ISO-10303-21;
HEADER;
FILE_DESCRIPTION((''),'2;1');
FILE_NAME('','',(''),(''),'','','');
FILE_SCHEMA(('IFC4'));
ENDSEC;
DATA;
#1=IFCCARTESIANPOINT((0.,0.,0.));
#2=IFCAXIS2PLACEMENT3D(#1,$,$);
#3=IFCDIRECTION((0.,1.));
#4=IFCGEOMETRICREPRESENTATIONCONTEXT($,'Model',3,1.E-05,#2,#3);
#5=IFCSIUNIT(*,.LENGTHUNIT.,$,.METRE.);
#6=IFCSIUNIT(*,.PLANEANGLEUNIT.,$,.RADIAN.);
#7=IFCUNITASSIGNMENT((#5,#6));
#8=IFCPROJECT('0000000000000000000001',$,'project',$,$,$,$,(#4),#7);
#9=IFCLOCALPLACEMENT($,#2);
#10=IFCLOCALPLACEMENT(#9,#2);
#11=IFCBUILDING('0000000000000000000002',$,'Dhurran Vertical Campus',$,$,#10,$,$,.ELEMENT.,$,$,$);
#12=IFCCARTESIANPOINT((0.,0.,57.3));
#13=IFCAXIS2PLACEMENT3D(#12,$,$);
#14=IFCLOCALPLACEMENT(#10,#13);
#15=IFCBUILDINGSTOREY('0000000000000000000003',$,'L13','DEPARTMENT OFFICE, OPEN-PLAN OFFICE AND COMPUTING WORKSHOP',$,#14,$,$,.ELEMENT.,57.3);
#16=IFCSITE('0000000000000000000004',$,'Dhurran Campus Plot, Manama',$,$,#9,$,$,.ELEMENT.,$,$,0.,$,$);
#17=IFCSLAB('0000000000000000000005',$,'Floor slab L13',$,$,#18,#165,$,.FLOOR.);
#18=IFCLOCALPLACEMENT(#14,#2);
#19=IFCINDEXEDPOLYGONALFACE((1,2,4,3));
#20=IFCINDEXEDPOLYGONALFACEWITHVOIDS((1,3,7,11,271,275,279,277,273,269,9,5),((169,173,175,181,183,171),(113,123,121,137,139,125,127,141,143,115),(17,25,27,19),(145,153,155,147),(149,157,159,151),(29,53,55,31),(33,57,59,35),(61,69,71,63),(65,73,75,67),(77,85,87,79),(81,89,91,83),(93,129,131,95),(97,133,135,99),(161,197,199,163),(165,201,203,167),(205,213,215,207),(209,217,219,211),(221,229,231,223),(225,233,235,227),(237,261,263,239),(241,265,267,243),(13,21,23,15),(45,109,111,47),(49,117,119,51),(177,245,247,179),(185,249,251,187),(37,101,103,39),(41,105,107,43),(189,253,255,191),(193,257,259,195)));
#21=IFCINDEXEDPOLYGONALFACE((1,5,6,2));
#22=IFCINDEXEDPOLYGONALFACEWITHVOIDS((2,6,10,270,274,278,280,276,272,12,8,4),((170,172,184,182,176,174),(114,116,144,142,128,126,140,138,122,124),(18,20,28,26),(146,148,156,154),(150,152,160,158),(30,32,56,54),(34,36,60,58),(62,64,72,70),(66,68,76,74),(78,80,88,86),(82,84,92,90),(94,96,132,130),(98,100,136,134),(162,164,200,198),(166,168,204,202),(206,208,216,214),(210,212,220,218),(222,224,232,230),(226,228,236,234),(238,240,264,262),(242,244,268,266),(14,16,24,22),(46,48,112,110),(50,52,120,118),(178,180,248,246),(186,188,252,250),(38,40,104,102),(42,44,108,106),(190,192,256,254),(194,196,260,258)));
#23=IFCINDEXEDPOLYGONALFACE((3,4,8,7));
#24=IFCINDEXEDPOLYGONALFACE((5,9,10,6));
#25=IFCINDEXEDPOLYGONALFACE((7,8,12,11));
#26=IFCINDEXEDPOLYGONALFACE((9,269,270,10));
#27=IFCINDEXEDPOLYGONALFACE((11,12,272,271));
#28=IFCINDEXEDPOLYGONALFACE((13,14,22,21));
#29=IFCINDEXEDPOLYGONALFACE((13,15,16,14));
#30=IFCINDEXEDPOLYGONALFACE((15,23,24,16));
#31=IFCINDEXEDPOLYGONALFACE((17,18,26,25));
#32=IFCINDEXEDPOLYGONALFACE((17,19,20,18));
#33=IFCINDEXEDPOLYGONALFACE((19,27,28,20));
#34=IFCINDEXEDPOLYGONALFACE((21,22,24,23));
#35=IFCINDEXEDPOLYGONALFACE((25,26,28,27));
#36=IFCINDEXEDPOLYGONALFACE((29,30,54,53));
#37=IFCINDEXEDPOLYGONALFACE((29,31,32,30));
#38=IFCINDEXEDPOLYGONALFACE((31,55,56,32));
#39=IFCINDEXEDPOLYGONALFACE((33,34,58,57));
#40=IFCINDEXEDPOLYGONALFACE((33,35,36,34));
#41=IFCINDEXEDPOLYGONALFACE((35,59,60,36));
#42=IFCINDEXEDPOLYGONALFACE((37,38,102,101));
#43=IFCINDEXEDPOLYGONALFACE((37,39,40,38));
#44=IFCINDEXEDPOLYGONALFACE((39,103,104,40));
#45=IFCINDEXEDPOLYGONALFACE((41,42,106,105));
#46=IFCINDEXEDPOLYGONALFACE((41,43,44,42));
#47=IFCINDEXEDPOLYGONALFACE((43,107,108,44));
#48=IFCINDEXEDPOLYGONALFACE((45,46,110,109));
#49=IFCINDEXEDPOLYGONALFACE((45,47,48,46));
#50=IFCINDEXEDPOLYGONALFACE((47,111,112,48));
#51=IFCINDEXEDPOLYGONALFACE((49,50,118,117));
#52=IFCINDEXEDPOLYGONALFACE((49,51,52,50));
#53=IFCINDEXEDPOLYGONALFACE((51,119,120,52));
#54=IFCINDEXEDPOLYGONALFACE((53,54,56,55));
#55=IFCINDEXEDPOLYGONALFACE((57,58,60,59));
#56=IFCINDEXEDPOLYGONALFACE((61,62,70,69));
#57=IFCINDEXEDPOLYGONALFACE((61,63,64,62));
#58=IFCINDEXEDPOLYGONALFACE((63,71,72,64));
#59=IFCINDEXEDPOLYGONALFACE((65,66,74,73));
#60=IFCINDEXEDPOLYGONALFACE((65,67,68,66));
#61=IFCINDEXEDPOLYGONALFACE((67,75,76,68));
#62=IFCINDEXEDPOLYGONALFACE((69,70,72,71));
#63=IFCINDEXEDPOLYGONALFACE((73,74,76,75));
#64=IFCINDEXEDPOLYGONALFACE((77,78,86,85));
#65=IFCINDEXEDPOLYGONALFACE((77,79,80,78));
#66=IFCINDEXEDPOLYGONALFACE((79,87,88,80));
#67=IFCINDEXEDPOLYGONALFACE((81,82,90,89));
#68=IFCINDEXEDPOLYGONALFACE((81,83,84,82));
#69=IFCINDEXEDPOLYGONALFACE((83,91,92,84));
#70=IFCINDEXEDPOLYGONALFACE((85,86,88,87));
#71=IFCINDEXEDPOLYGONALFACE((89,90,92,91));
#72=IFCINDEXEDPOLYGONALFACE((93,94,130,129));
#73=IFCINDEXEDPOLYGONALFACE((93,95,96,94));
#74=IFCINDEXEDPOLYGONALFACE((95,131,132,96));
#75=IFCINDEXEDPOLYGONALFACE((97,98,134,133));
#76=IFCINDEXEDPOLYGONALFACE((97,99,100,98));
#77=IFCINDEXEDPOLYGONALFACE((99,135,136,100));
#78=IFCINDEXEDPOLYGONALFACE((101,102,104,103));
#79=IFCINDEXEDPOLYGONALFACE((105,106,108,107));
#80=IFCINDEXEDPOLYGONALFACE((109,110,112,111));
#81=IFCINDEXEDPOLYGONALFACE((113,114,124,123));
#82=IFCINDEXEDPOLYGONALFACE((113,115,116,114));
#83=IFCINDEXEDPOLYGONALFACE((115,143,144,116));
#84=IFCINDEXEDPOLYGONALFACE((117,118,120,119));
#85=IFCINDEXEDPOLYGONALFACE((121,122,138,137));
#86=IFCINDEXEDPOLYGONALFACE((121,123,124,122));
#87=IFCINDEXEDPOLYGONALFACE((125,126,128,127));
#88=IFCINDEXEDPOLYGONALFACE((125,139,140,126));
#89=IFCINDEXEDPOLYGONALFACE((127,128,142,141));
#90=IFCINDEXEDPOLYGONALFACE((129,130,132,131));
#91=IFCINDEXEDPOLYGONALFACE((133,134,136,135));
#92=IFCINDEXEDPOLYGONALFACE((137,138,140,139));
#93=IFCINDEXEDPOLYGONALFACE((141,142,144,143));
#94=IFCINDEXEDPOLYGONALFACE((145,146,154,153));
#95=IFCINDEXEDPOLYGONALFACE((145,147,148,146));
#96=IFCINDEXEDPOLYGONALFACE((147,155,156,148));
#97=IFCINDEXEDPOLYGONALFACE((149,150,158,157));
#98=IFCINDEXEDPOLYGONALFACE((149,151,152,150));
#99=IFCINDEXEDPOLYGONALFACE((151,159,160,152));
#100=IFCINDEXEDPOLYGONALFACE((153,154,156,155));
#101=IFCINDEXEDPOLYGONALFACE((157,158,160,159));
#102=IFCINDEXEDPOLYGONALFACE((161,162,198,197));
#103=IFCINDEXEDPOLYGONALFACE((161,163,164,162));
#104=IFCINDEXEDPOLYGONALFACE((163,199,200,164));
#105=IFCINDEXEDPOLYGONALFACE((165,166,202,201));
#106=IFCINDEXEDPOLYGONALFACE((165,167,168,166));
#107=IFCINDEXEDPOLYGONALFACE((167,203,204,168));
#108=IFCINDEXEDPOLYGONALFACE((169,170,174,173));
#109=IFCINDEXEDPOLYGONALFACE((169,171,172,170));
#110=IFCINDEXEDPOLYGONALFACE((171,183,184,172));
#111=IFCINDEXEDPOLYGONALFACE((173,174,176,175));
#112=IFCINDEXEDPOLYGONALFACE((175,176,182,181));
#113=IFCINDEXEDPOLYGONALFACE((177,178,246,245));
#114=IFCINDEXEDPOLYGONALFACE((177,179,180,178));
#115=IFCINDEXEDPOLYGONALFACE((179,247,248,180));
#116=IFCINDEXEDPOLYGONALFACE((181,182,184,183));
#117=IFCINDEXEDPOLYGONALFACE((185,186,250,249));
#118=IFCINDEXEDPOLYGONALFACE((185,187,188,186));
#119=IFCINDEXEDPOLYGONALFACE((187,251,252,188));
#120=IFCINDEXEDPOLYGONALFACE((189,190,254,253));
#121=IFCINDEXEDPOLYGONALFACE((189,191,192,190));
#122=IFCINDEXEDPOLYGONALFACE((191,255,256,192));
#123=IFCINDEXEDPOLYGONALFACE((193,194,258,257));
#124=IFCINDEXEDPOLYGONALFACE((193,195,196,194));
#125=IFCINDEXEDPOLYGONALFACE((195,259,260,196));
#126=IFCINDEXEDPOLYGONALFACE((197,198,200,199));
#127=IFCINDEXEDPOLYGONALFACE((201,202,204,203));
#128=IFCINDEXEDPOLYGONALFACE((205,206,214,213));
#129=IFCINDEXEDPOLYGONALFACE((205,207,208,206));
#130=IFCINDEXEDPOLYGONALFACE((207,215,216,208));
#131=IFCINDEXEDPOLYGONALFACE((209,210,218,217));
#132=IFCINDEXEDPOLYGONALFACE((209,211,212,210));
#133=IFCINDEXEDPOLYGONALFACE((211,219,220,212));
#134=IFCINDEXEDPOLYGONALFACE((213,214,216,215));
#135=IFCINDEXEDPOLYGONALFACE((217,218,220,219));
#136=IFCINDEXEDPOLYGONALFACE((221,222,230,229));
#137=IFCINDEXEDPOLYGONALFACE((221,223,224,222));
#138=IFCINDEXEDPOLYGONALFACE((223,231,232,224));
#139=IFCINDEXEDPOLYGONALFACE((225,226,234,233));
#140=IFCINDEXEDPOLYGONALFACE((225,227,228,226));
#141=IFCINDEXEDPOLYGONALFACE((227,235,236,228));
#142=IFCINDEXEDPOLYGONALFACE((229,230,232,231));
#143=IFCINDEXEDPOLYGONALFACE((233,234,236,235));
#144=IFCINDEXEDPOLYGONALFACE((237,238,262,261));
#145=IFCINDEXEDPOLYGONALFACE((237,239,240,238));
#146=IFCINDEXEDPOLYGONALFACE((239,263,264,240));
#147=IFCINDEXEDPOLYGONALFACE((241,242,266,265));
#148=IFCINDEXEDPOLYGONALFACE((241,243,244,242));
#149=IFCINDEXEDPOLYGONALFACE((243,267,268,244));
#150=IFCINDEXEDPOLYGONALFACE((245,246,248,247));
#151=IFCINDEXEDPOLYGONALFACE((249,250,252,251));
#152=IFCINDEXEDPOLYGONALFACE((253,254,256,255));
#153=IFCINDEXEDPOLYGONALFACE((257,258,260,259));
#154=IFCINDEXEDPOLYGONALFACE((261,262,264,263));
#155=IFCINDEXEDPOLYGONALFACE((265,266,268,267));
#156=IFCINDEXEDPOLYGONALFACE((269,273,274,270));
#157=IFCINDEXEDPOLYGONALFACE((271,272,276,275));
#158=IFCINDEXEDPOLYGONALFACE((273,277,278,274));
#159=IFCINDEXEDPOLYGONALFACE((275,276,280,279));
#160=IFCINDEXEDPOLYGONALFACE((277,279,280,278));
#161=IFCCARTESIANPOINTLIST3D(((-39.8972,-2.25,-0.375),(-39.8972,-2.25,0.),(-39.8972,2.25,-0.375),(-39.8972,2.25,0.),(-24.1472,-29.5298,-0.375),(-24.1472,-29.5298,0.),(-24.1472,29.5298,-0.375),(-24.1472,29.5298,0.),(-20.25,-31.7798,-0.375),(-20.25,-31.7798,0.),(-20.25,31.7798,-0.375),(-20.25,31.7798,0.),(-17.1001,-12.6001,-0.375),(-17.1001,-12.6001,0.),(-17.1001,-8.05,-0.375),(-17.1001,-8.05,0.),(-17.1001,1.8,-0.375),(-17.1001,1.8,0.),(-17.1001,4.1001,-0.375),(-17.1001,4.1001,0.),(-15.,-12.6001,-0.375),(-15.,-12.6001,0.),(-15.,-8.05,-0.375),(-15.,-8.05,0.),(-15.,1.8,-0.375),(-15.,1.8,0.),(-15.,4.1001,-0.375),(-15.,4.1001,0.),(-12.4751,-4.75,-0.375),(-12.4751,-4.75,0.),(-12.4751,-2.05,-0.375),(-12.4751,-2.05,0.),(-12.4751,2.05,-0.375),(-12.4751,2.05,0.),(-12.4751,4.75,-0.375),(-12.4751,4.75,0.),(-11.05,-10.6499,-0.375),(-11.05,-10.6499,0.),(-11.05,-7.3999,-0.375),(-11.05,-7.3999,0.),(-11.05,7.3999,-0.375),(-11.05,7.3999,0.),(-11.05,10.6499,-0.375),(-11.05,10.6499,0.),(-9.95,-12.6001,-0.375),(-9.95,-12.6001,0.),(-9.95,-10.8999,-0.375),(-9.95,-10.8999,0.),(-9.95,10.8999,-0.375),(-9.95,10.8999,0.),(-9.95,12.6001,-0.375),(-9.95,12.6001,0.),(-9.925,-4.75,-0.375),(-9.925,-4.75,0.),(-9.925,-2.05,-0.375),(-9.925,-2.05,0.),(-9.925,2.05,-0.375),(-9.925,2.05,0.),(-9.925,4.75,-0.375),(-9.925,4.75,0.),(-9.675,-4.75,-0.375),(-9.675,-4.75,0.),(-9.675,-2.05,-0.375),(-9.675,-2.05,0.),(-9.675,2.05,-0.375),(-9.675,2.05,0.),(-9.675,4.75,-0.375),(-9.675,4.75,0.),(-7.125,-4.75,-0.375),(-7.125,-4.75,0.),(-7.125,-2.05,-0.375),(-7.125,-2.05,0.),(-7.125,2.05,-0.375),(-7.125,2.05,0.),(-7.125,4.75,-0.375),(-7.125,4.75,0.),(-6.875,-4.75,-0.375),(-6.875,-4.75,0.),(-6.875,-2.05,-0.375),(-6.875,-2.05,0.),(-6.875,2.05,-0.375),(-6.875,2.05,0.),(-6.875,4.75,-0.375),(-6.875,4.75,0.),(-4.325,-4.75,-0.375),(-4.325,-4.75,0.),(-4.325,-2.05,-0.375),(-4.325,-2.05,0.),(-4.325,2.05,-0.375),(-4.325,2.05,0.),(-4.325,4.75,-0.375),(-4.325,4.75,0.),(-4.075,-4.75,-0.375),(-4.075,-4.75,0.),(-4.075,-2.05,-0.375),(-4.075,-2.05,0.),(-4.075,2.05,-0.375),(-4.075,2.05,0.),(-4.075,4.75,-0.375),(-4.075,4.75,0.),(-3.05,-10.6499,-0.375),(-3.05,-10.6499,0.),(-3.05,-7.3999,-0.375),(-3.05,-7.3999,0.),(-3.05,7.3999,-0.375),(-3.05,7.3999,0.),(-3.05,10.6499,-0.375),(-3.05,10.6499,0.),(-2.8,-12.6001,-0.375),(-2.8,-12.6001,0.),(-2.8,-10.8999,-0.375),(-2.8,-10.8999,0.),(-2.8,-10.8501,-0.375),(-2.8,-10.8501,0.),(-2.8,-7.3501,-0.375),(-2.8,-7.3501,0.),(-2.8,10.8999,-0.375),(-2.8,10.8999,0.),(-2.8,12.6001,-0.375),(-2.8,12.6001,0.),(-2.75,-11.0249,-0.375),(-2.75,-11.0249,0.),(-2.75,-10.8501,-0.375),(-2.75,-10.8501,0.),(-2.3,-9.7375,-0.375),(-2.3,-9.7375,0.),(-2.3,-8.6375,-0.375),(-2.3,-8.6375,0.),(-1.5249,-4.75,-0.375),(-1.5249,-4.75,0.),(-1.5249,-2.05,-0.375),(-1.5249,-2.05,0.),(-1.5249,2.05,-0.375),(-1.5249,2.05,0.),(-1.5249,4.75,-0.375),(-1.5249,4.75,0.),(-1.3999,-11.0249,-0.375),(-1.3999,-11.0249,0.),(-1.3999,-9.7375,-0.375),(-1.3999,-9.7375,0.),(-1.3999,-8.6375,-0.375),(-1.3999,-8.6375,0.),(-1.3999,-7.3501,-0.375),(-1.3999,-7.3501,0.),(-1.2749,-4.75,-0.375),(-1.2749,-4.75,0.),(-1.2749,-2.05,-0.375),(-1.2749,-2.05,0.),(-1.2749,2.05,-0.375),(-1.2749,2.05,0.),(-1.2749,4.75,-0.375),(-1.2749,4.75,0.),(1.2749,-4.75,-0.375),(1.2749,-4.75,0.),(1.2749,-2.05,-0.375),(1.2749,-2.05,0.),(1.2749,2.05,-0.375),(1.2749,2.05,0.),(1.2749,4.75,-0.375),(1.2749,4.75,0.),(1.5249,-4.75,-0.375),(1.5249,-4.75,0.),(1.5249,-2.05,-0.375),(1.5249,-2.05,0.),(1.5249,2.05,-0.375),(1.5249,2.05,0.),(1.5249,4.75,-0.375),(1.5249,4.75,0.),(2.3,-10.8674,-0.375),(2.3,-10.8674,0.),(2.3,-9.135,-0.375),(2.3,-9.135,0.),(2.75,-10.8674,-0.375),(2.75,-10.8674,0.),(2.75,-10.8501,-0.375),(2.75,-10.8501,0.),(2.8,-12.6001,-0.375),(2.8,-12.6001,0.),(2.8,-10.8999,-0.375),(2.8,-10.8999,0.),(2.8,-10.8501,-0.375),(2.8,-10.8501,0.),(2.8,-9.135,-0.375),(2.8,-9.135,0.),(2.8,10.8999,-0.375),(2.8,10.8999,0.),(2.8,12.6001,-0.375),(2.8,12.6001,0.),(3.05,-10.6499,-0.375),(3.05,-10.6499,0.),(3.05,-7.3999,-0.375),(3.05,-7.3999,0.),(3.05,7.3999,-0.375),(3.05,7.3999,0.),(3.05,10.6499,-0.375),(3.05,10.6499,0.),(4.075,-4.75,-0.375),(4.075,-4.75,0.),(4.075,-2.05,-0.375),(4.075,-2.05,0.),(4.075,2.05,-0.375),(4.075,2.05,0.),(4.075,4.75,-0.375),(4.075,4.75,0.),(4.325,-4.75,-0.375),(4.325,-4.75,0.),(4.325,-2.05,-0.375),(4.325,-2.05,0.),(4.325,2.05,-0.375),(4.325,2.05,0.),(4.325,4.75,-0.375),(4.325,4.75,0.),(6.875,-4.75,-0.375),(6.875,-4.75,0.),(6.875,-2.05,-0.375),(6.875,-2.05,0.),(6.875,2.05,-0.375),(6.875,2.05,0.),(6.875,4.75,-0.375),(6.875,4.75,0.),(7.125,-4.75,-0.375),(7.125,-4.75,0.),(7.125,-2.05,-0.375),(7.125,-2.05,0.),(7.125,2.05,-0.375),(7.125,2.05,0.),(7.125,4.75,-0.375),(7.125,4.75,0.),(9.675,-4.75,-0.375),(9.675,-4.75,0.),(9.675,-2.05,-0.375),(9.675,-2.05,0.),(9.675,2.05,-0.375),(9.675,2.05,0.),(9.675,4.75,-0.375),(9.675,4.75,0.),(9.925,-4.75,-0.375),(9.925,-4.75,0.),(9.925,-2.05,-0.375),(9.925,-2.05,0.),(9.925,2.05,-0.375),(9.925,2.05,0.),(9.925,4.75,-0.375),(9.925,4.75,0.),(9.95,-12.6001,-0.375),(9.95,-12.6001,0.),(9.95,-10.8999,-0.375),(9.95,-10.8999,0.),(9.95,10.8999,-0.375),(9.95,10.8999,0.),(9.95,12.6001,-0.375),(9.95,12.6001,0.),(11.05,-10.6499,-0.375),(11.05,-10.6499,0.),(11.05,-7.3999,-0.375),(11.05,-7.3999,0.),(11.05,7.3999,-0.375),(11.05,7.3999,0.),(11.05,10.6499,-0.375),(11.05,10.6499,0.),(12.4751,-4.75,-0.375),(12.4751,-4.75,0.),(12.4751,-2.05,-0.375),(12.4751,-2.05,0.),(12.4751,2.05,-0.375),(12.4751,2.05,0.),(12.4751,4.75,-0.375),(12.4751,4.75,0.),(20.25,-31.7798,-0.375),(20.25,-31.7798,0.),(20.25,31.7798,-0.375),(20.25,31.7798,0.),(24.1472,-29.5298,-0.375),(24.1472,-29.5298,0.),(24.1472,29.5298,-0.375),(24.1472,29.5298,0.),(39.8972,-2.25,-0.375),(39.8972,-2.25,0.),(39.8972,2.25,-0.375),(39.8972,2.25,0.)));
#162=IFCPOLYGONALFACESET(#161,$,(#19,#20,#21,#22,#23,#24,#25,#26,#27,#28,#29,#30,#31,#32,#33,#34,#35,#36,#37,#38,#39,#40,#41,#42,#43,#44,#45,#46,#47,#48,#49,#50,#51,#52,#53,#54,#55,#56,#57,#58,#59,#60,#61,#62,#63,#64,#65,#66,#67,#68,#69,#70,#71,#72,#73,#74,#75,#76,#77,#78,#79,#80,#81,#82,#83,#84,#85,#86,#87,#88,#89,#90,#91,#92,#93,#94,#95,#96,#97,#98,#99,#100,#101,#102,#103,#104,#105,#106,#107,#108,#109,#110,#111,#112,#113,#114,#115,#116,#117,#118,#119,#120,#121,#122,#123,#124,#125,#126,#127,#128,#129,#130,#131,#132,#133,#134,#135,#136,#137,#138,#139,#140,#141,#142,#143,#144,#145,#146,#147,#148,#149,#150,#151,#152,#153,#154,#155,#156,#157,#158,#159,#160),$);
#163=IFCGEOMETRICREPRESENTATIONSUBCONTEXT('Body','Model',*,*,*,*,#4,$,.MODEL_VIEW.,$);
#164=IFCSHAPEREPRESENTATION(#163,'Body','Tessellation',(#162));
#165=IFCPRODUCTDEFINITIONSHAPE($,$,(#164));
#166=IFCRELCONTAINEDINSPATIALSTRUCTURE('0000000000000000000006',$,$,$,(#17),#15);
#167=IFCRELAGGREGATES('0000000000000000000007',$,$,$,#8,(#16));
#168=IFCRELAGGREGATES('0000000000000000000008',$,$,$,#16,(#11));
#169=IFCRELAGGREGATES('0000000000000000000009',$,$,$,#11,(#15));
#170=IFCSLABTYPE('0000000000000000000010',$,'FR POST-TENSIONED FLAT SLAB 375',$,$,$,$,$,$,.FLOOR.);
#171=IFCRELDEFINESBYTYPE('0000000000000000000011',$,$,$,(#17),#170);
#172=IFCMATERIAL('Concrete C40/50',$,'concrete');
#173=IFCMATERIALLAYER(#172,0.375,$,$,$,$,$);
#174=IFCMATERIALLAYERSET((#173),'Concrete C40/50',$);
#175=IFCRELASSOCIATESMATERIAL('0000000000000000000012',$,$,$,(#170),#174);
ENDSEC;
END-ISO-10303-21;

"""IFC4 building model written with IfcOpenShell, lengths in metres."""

from ifc_helpers import new_model, si_unit, direction, frame, origin, place, context, subcontext, project, spatial, polyline, outline, extrude, material, layer, layer_set, type_object, element, save


model = new_model("IFC4")

# Units and contexts
model_context = context("Model", 3, precision=1e-05, world=origin(), true_north=direction((0.0, 1.0)))
body_context = subcontext(model_context, "Body", "Model", "MODEL_VIEW")
ifc_project = project(units=[si_unit("LENGTHUNIT", "METRE"), si_unit("PLANEANGLEUNIT", "RADIAN")], contexts=[model_context])

# Site, building, storey
site_placement = place(None, origin())
site = spatial("IfcSite", under=ifc_project, at=site_placement, Name="Dhurran Campus Plot, Manama", CompositionType="ELEMENT", RefElevation=0.0)
building_placement = place(site_placement, origin())
building = spatial("IfcBuilding", under=site, at=building_placement, Name="Dhurran Vertical Campus", CompositionType="ELEMENT")
storey_placement = place(building_placement, frame((0.0, 0.0, 57.3)))
storey = spatial("IfcBuildingStorey", under=building, at=storey_placement, Name="L13", Description="DEPARTMENT OFFICE, OPEN-PLAN OFFICE AND COMPUTING WORKSHOP", CompositionType="ELEMENT", Elevation=57.3)

# Slab
ifc_material_1 = material(Name="Concrete C40/50", Category="concrete")
ifc_layer_1 = layer(ifc_material_1, 0.375)
ifc_layer_set_1 = layer_set([ifc_layer_1], Name="Concrete C40/50")
slab_type = type_object("IfcSlabType", Name="FR POST-TENSIONED FLAT SLAB 375", PredefinedType="FLOOR", material=ifc_layer_set_1)
slab_placement = place(storey_placement, frame((0.0, 0.0, -0.375)))
element("IfcSlab", 1, at=slab_placement, inside=storey, type_object=slab_type, Name="Floor slab L13", PredefinedType="FLOOR", context=body_context, shape_type="SweptSolid", body=[
    extrude(outline(polyline([(-20.25, -31.7798), (20.25, -31.7798), (24.1472, -29.5298), (39.8972, -2.25), (39.8972, 2.25), (24.1472, 29.5298), (20.25, 31.7798), (-20.25, 31.7798), (-24.1472, 29.5298), (-39.8972, 2.25), (-39.8972, -2.25), (-24.1472, -29.5298), (-20.25, -31.7798)]), holes=[polyline([(-12.4751, 2.05), (-9.925, 2.05), (-9.925, 4.75), (-12.4751, 4.75), (-12.4751, 2.05)]), polyline([(-9.675, 2.05), (-7.125, 2.05), (-7.125, 4.75), (-9.675, 4.75), (-9.675, 2.05)]), polyline([(-6.875, 2.05), (-4.325, 2.05), (-4.325, 4.75), (-6.875, 4.75), (-6.875, 2.05)]), polyline([(-1.2749, 2.05), (1.2749, 2.05), (1.2749, 4.75), (-1.2749, 4.75), (-1.2749, 2.05)]), polyline([(9.925, 2.05), (12.4751, 2.05), (12.4751, 4.75), (9.925, 4.75), (9.925, 2.05)]), polyline([(-1.2749, -4.75), (1.2749, -4.75), (1.2749, -2.05), (-1.2749, -2.05), (-1.2749, -4.75)]), polyline([(1.5249, -4.75), (4.075, -4.75), (4.075, -2.05), (1.5249, -2.05), (1.5249, -4.75)]), polyline([(4.325, -4.75), (6.875, -4.75), (6.875, -2.05), (4.325, -2.05), (4.325, -4.75)]), polyline([(7.125, -4.75), (9.675, -4.75), (9.675, -2.05), (7.125, -2.05), (7.125, -4.75)]), polyline([(9.925, -4.75), (12.4751, -4.75), (12.4751, -2.05), (9.925, -2.05), (9.925, -4.75)]), polyline([(-4.075, 2.05), (-1.5249, 2.05), (-1.5249, 4.75), (-4.075, 4.75), (-4.075, 2.05)]), polyline([(1.5249, 2.05), (4.075, 2.05), (4.075, 4.75), (1.5249, 4.75), (1.5249, 2.05)]), polyline([(4.325, 2.05), (6.875, 2.05), (6.875, 4.75), (4.325, 4.75), (4.325, 2.05)]), polyline([(7.125, 2.05), (9.675, 2.05), (9.675, 4.75), (7.125, 4.75), (7.125, 2.05)]), polyline([(-12.4751, -4.75), (-9.925, -4.75), (-9.925, -2.05), (-12.4751, -2.05), (-12.4751, -4.75)]), polyline([(-9.675, -4.75), (-7.125, -4.75), (-7.125, -2.05), (-9.675, -2.05), (-9.675, -4.75)]), polyline([(-6.875, -4.75), (-4.325, -4.75), (-4.325, -2.05), (-6.875, -2.05), (-6.875, -4.75)]), polyline([(-4.075, -4.75), (-1.5249, -4.75), (-1.5249, -2.05), (-4.075, -2.05), (-4.075, -4.75)]), polyline([(-11.05, 7.3999), (-3.05, 7.3999), (-3.05, 10.6499), (-11.05, 10.6499), (-11.05, 7.3999)]), polyline([(3.05, 7.3999), (11.05, 7.3999), (11.05, 10.6499), (3.05, 10.6499), (3.05, 7.3999)]), polyline([(-11.05, -10.6499), (-3.05, -10.6499), (-3.05, -7.3999), (-11.05, -7.3999), (-11.05, -10.6499)]), polyline([(3.05, -10.6499), (11.05, -10.6499), (11.05, -7.3999), (3.05, -7.3999), (3.05, -10.6499)]), polyline([(-9.95, 10.8999), (-9.95, 12.6001), (-2.8, 12.6001), (-2.8, 10.8999), (-9.95, 10.8999)]), polyline([(9.95, 12.6001), (9.95, 10.8999), (2.8, 10.8999), (2.8, 12.6001), (9.95, 12.6001)]), polyline([(-9.95, -12.6001), (-9.95, -10.8999), (-2.8, -10.8999), (-2.8, -12.6001), (-9.95, -12.6001)]), polyline([(9.95, -10.8999), (9.95, -12.6001), (2.8, -12.6001), (2.8, -10.8999), (9.95, -10.8999)]), polyline([(-17.1001, -8.05), (-15.0, -8.05), (-15.0, -12.6001), (-17.1001, -12.6001), (-17.1001, -8.05)]), polyline([(-2.8, -7.3501), (-1.3999, -7.3501), (-1.3999, -8.6375), (-2.3, -8.6375), (-2.3, -9.7375), (-1.3999, -9.7375), (-1.3999, -11.0249), (-2.75, -11.0249), (-2.75, -10.8501), (-2.8, -10.8501), (-2.8, -7.3501)]), polyline([(2.3, -10.8674), (2.3, -9.135), (2.8, -9.135), (2.8, -10.8501), (2.75, -10.8501), (2.75, -10.8674), (2.3, -10.8674)]), polyline([(-17.1001, 4.1001), (-15.0, 4.1001), (-15.0, 1.8), (-17.1001, 1.8), (-17.1001, 4.1001)])]), origin(), (0.0, 0.0, 1.0), 0.375),
])

save(model, "model.ifc")
